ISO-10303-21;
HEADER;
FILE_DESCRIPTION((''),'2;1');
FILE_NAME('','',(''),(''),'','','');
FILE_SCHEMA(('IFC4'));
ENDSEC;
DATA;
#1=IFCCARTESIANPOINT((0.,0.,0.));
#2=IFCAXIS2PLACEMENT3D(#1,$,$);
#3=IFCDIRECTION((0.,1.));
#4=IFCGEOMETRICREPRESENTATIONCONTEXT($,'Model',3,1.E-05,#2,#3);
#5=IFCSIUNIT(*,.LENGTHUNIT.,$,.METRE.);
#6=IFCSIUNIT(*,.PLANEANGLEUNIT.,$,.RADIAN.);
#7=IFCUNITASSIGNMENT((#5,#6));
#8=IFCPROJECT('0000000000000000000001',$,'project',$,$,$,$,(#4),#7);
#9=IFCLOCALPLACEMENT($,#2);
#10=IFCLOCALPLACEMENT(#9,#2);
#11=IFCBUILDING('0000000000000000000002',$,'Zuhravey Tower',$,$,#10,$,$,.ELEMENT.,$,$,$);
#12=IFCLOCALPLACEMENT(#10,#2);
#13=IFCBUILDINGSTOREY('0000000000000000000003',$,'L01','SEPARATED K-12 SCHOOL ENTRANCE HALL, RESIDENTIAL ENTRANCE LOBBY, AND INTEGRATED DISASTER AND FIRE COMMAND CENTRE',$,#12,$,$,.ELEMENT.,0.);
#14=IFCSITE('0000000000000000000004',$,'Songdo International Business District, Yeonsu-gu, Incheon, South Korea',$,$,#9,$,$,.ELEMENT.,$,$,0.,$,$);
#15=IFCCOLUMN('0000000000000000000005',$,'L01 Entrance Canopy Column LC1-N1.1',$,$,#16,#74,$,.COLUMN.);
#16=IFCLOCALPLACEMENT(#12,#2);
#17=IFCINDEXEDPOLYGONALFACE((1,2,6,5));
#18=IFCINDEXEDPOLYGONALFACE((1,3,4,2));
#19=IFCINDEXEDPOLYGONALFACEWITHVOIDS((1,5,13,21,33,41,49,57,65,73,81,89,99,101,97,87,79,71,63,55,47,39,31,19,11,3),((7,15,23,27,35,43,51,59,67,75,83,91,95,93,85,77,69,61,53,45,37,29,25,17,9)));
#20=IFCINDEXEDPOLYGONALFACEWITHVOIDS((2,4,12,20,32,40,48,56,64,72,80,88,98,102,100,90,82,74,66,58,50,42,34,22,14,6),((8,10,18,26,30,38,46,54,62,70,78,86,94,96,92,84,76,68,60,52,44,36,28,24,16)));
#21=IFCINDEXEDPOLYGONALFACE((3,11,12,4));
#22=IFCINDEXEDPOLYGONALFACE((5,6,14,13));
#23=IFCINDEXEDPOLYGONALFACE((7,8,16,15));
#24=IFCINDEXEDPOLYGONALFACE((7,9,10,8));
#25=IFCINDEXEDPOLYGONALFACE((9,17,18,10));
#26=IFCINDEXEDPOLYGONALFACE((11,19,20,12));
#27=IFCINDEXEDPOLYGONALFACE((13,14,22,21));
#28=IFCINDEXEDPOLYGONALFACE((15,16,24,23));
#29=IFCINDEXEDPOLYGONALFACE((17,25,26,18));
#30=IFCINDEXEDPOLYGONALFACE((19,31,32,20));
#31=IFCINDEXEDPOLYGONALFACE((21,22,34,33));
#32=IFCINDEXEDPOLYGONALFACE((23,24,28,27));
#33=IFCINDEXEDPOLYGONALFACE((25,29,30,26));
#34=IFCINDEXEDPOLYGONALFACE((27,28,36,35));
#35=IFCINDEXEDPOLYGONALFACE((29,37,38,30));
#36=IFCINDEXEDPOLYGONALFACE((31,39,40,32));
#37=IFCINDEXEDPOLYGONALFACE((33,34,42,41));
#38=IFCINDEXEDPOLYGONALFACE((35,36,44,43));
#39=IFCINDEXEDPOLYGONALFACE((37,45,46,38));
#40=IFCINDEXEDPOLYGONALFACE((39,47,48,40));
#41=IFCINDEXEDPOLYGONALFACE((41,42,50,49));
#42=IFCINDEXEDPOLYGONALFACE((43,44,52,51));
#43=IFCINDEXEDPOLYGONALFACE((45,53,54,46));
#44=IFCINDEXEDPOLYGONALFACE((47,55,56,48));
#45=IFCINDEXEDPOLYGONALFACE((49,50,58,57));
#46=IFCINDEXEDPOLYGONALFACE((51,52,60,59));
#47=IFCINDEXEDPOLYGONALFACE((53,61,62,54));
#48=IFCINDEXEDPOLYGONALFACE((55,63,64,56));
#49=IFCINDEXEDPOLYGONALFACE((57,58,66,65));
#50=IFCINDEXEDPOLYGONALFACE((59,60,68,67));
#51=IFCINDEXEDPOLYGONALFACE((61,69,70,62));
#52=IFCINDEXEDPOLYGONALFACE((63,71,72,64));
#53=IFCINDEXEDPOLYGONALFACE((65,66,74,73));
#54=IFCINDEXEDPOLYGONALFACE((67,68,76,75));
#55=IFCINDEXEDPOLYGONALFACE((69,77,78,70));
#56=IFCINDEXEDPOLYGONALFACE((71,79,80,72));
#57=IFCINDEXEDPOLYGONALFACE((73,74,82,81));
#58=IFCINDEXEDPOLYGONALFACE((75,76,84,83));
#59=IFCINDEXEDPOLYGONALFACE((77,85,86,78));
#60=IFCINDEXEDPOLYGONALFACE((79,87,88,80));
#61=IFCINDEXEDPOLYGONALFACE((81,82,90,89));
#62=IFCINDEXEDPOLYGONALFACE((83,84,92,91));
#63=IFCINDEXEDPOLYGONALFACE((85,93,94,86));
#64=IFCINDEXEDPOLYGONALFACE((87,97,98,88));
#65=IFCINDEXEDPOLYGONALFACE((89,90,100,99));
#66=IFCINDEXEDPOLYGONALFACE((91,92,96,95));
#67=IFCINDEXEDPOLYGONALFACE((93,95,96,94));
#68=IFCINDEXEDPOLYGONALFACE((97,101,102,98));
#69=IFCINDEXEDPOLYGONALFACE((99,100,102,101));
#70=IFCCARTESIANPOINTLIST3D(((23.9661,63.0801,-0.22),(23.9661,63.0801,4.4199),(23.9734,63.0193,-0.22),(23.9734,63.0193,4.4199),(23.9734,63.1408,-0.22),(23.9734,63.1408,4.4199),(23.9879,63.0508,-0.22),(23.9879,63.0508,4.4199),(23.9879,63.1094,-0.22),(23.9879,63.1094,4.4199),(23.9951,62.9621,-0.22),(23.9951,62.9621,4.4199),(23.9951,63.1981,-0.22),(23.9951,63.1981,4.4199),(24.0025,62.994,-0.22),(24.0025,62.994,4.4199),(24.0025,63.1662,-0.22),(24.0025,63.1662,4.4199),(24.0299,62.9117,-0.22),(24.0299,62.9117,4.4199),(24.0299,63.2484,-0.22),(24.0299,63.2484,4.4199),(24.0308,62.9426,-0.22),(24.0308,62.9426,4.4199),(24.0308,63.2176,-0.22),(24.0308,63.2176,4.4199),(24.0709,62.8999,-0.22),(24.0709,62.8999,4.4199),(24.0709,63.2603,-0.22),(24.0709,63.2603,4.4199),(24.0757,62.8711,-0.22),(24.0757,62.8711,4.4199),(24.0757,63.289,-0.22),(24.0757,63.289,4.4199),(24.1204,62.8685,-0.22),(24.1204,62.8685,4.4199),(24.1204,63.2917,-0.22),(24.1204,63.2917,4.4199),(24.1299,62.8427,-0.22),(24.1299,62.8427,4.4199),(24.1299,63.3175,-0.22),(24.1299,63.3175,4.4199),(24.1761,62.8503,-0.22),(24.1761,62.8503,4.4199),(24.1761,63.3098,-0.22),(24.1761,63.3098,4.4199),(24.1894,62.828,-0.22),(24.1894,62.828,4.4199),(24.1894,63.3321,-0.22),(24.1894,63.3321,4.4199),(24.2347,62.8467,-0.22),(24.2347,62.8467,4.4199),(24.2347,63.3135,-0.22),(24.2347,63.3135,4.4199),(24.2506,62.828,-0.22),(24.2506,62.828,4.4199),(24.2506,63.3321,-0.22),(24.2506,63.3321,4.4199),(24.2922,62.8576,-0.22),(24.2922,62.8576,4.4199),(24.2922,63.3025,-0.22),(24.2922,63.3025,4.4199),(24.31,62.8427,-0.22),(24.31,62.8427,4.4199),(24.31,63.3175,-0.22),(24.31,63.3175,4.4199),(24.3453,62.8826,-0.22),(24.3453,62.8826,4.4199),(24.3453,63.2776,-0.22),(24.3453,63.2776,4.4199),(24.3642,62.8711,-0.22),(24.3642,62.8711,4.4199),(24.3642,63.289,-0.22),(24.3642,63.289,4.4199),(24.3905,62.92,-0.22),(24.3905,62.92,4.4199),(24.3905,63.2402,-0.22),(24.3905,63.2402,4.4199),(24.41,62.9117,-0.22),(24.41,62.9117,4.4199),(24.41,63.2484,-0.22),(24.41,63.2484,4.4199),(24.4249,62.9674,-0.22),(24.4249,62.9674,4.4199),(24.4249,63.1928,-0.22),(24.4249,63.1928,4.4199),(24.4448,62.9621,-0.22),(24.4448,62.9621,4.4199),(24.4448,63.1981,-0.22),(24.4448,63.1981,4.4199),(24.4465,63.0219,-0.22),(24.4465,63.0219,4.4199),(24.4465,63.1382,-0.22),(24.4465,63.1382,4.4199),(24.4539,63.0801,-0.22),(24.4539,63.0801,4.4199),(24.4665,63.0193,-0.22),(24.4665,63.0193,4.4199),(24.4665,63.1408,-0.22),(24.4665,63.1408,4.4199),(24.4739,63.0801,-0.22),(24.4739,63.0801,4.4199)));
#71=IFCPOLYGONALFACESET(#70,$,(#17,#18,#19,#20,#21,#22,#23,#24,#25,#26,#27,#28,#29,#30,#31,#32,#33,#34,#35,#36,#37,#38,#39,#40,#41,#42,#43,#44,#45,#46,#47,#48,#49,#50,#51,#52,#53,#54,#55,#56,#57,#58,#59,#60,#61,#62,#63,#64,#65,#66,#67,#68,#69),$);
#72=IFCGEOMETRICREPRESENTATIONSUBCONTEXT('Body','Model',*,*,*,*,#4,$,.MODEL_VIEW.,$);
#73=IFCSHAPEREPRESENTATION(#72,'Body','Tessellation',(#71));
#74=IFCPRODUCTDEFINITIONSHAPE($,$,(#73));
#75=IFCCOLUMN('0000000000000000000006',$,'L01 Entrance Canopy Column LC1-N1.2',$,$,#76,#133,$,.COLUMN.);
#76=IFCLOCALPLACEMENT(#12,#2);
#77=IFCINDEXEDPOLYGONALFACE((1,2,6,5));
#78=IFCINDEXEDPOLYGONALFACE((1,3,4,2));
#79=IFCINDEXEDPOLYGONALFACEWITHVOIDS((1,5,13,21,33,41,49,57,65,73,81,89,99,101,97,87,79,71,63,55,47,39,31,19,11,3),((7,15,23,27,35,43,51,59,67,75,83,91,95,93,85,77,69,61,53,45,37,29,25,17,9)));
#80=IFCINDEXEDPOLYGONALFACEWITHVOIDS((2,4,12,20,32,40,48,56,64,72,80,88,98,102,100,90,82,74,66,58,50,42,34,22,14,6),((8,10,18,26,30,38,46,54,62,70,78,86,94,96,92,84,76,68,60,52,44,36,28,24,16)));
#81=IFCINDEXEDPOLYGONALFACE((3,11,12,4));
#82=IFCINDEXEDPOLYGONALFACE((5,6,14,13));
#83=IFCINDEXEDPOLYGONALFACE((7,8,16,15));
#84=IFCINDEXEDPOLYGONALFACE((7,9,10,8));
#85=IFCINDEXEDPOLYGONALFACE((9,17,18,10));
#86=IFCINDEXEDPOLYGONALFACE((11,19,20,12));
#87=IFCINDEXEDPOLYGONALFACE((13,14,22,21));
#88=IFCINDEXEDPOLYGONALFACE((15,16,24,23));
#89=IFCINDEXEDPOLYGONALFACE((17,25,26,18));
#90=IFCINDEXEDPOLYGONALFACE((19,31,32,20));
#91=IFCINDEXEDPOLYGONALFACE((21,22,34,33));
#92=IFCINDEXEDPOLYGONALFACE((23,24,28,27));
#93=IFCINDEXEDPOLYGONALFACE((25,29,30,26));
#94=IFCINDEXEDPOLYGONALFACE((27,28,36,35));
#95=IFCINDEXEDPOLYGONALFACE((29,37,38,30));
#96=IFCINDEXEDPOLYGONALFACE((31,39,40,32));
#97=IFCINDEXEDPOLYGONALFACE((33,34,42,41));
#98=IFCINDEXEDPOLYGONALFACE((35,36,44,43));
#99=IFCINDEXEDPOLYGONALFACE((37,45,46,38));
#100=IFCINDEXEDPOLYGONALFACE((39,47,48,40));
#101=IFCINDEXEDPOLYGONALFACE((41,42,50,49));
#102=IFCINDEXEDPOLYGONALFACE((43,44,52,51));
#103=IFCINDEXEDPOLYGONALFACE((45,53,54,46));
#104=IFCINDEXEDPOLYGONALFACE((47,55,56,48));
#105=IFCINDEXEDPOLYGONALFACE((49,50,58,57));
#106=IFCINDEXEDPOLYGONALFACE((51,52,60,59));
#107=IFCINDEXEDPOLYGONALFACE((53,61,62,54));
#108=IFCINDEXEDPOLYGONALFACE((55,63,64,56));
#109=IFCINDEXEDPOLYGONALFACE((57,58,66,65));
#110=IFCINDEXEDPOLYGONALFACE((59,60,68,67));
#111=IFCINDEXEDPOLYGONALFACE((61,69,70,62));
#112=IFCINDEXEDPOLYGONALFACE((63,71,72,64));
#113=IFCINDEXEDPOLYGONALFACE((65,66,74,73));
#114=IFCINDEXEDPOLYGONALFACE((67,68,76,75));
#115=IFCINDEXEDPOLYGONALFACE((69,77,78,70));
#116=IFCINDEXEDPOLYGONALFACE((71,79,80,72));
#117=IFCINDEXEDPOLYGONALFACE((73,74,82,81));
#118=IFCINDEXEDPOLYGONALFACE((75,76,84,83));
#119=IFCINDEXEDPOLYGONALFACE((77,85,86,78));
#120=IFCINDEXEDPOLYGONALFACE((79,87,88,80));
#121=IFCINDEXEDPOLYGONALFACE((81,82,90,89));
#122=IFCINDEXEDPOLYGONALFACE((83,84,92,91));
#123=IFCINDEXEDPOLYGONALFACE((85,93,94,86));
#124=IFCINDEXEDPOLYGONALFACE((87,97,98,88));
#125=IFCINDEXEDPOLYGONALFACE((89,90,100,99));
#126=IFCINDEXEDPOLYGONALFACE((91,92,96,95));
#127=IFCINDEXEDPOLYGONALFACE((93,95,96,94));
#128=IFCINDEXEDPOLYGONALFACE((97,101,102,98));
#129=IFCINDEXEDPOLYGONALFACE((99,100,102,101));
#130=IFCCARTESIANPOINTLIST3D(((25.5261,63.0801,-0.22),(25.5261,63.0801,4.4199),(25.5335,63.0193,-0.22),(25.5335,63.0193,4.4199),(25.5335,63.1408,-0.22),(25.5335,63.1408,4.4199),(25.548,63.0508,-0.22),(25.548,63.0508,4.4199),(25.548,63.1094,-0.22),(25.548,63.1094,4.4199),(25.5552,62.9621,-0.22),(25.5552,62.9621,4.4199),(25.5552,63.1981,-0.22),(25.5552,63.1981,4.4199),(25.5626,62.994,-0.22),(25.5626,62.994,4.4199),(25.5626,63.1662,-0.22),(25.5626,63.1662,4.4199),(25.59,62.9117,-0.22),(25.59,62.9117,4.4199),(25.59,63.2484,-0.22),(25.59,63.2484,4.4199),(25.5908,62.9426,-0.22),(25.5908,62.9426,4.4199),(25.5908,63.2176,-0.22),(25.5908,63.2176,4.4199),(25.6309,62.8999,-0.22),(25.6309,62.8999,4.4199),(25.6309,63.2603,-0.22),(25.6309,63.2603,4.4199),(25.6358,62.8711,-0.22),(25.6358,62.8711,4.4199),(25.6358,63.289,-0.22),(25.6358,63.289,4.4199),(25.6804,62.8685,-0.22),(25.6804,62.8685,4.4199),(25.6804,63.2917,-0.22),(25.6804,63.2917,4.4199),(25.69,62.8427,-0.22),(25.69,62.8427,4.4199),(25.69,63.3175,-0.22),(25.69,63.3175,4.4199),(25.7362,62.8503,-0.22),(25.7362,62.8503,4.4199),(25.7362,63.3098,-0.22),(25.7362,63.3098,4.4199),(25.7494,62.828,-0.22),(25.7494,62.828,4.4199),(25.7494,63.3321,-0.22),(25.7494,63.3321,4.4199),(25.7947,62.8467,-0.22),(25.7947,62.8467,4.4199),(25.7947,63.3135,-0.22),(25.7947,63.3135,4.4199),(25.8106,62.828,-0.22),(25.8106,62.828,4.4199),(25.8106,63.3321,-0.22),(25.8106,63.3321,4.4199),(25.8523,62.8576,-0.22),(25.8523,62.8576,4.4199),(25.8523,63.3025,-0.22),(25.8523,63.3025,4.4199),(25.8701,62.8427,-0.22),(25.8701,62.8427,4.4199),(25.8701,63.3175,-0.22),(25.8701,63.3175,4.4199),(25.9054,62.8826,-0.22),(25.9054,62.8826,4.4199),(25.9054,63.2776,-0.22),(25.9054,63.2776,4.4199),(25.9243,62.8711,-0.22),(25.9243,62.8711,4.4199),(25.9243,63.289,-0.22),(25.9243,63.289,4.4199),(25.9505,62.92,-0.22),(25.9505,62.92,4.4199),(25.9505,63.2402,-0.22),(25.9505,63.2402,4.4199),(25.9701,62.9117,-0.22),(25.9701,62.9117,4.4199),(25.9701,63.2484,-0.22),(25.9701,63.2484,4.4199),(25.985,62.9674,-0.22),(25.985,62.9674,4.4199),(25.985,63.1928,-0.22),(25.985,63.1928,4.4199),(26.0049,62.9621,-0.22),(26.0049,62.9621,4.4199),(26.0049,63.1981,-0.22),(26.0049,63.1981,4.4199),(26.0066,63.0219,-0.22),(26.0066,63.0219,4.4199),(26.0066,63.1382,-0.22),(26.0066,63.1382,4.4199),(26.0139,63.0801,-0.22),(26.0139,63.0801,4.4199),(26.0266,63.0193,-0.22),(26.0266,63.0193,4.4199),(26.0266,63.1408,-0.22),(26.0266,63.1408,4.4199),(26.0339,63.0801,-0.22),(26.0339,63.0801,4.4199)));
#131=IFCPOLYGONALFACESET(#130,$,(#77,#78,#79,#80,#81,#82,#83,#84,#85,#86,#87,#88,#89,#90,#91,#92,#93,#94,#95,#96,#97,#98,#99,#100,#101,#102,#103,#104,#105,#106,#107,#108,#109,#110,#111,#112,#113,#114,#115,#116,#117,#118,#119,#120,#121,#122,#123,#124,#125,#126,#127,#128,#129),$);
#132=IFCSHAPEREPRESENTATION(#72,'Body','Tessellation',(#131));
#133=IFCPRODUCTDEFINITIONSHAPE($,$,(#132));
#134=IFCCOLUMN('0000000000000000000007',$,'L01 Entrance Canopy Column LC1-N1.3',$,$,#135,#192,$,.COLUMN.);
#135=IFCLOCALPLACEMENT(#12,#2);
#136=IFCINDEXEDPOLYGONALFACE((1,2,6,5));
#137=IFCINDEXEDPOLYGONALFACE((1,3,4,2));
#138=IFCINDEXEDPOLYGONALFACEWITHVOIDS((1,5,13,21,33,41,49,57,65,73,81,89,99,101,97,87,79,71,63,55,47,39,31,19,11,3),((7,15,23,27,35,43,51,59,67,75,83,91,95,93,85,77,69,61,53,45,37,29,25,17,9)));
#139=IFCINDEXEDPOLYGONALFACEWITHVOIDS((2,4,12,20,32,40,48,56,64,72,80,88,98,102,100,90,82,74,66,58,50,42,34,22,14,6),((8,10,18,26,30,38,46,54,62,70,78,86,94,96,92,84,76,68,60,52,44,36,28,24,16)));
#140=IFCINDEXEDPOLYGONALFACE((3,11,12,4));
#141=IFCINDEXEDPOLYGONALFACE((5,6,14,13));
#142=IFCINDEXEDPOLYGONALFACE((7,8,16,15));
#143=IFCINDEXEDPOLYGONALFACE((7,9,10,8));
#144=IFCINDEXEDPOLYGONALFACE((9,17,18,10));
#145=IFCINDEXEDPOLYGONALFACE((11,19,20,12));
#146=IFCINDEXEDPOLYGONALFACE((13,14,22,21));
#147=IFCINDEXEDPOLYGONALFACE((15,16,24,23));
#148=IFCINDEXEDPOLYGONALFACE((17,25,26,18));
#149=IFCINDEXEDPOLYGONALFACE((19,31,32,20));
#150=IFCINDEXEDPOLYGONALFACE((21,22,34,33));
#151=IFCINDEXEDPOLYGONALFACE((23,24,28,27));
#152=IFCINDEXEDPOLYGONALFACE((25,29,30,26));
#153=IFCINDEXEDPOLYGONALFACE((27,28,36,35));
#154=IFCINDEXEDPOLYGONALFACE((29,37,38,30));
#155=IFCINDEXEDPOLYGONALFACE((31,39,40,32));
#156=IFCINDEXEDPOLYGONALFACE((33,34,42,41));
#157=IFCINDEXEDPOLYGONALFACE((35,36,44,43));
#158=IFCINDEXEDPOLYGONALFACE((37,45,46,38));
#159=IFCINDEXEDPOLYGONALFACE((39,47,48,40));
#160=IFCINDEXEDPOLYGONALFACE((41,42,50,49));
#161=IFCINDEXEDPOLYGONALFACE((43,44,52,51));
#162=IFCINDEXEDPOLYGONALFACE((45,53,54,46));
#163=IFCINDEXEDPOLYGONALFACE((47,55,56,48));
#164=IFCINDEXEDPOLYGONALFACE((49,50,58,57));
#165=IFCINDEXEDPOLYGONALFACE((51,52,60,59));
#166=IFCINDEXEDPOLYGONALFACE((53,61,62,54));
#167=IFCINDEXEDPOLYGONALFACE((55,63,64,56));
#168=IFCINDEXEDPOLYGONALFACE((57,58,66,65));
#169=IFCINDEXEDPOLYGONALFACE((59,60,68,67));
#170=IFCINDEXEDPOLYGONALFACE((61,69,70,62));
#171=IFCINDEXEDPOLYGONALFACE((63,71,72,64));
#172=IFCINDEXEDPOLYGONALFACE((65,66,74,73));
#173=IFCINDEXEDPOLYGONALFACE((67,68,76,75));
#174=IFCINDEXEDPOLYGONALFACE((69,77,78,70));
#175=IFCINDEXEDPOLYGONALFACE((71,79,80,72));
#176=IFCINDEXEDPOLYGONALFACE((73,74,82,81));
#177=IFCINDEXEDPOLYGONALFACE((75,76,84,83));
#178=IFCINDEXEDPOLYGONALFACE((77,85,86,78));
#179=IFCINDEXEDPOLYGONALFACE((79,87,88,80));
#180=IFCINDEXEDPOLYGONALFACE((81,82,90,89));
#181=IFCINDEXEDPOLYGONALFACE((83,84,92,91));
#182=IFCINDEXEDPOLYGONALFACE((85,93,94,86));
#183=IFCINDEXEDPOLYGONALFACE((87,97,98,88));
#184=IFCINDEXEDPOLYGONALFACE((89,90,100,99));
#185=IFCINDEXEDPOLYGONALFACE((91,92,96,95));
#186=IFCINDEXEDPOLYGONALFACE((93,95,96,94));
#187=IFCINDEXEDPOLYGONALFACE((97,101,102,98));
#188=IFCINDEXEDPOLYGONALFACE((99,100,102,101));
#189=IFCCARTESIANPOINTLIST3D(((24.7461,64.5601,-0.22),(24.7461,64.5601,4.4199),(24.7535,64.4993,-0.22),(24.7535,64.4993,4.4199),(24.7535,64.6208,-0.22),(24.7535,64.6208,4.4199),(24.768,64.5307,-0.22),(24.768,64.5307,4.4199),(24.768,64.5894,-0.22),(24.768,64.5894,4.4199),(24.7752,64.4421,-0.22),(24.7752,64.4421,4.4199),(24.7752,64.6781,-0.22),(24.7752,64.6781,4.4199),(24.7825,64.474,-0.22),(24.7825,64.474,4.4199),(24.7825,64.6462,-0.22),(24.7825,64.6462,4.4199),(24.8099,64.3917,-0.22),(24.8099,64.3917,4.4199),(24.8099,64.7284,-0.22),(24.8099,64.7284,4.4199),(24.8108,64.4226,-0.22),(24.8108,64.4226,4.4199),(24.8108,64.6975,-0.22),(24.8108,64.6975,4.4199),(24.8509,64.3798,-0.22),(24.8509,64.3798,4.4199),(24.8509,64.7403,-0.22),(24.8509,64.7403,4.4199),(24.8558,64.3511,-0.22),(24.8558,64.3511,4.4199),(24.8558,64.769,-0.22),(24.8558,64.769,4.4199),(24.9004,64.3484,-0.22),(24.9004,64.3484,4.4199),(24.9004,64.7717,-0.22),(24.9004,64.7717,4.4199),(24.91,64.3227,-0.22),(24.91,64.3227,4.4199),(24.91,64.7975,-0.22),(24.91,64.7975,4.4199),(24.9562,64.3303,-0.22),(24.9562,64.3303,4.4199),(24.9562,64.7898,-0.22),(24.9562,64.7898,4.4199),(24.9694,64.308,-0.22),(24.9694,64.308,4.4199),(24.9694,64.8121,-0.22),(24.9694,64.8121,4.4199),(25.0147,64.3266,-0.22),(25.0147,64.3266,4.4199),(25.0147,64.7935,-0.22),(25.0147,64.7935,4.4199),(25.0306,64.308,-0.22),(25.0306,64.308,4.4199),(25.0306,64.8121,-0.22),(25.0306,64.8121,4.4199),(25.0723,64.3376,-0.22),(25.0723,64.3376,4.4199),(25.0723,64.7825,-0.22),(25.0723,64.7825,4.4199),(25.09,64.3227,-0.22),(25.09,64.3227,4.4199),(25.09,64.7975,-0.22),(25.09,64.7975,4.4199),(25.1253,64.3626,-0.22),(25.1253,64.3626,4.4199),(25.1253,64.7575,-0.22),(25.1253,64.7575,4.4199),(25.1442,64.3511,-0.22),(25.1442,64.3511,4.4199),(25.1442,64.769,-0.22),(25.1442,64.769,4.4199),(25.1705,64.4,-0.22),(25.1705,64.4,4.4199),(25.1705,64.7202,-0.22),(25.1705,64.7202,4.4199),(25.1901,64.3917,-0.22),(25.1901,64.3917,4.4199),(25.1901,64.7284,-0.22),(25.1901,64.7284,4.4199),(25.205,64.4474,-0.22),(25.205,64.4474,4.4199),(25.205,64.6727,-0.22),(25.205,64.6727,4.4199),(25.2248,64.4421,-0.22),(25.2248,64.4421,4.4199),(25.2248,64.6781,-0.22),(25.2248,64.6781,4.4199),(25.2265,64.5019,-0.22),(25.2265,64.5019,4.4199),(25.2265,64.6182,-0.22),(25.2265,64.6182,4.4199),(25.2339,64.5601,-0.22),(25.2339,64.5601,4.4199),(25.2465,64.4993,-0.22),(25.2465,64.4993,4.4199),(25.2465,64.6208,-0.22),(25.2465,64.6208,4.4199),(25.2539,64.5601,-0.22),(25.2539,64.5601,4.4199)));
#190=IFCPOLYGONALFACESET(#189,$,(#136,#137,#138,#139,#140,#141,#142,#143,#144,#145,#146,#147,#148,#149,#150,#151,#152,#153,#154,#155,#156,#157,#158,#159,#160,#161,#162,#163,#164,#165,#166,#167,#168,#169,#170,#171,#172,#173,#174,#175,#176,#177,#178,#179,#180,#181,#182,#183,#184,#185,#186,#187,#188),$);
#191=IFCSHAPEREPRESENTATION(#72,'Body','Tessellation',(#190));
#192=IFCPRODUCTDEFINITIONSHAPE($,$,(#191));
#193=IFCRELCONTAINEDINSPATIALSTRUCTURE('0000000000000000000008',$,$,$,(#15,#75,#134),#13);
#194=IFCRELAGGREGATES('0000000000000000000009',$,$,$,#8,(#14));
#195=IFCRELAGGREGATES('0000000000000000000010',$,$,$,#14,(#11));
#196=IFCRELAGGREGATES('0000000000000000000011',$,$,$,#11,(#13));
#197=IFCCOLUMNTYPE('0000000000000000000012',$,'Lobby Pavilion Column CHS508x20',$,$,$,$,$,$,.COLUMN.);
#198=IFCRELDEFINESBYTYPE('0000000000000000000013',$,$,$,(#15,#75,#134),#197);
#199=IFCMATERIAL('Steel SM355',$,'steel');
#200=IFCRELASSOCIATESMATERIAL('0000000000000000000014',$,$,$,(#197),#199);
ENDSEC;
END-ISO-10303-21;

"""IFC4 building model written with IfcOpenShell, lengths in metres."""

from ifc_helpers import new_model, si_unit, direction, frame, origin, origin_2d, place, context, subcontext, project, spatial, hollow_circle, extrude, material, material_profile, profile_set, type_object, element, save


model = new_model("IFC4")

# Units and contexts
model_context = context("Model", 3, precision=1e-05, world=origin(), true_north=direction((0.0, 1.0)))
body_context = subcontext(model_context, "Body", "Model", "MODEL_VIEW")
ifc_project = project(units=[si_unit("LENGTHUNIT", "METRE"), si_unit("PLANEANGLEUNIT", "RADIAN")], contexts=[model_context])

# Site, building, storey
site_placement = place(None, origin())
site = spatial("IfcSite", under=ifc_project, at=site_placement, Name="Songdo International Business District, Yeonsu-gu, Incheon, South Korea", CompositionType="ELEMENT", RefElevation=0.0)
building_placement = place(site_placement, origin())
building = spatial("IfcBuilding", under=site, at=building_placement, Name="Zuhravey Tower", CompositionType="ELEMENT")
storey_placement = place(building_placement, origin())
storey = spatial("IfcBuildingStorey", under=building, at=storey_placement, Name="L01", Description="SEPARATED K-12 SCHOOL ENTRANCE HALL, RESIDENTIAL ENTRANCE LOBBY, AND INTEGRATED DISASTER AND FIRE COMMAND CENTRE", CompositionType="ELEMENT", Elevation=0.0)

# Columns
ifc_material_1 = material(Name="Steel SM355", Category="steel")
ifc_material_profile_1 = material_profile(ifc_material_1, hollow_circle(Radius=0.2539, WallThickness=0.02, at=origin_2d()), Name="CHS-508x20")
ifc_profile_set_1 = profile_set([ifc_material_profile_1], Name="Steel SM355")
column_type_1 = type_object("IfcColumnType", Name="Lobby Pavilion Column CHS508x20", PredefinedType="COLUMN", material=ifc_profile_set_1)
for number, where, z_axis, x_axis, name in (
    (1, (24.22, 63.0801, -0.22), (0.0, 0.0, 1.0), (1.0, 0.0, 0.0), "L01 Entrance Canopy Column LC1-N1.1"),
    (2, (25.78, 63.0801, -0.22), (0.0, 0.0, 1.0), (1.0, 0.0, 0.0), "L01 Entrance Canopy Column LC1-N1.2"),
    (3, (25.0, 64.5601, -0.22), (0.0, 0.0, 1.0), (1.0, 0.0, 0.0), "L01 Entrance Canopy Column LC1-N1.3"),
):
    element("IfcColumn", number, at=place(storey_placement, frame(where, z_axis=z_axis, x_axis=x_axis)), inside=storey, type_object=column_type_1, Name=name, PredefinedType="COLUMN", context=body_context, shape_type="SweptSolid", body=[
        extrude(hollow_circle(Radius=0.2539, WallThickness=0.02, at=origin_2d()), origin(), (0.0, 0.0, 1.0), 4.6399),
    ])

save(model, "model.ifc")
